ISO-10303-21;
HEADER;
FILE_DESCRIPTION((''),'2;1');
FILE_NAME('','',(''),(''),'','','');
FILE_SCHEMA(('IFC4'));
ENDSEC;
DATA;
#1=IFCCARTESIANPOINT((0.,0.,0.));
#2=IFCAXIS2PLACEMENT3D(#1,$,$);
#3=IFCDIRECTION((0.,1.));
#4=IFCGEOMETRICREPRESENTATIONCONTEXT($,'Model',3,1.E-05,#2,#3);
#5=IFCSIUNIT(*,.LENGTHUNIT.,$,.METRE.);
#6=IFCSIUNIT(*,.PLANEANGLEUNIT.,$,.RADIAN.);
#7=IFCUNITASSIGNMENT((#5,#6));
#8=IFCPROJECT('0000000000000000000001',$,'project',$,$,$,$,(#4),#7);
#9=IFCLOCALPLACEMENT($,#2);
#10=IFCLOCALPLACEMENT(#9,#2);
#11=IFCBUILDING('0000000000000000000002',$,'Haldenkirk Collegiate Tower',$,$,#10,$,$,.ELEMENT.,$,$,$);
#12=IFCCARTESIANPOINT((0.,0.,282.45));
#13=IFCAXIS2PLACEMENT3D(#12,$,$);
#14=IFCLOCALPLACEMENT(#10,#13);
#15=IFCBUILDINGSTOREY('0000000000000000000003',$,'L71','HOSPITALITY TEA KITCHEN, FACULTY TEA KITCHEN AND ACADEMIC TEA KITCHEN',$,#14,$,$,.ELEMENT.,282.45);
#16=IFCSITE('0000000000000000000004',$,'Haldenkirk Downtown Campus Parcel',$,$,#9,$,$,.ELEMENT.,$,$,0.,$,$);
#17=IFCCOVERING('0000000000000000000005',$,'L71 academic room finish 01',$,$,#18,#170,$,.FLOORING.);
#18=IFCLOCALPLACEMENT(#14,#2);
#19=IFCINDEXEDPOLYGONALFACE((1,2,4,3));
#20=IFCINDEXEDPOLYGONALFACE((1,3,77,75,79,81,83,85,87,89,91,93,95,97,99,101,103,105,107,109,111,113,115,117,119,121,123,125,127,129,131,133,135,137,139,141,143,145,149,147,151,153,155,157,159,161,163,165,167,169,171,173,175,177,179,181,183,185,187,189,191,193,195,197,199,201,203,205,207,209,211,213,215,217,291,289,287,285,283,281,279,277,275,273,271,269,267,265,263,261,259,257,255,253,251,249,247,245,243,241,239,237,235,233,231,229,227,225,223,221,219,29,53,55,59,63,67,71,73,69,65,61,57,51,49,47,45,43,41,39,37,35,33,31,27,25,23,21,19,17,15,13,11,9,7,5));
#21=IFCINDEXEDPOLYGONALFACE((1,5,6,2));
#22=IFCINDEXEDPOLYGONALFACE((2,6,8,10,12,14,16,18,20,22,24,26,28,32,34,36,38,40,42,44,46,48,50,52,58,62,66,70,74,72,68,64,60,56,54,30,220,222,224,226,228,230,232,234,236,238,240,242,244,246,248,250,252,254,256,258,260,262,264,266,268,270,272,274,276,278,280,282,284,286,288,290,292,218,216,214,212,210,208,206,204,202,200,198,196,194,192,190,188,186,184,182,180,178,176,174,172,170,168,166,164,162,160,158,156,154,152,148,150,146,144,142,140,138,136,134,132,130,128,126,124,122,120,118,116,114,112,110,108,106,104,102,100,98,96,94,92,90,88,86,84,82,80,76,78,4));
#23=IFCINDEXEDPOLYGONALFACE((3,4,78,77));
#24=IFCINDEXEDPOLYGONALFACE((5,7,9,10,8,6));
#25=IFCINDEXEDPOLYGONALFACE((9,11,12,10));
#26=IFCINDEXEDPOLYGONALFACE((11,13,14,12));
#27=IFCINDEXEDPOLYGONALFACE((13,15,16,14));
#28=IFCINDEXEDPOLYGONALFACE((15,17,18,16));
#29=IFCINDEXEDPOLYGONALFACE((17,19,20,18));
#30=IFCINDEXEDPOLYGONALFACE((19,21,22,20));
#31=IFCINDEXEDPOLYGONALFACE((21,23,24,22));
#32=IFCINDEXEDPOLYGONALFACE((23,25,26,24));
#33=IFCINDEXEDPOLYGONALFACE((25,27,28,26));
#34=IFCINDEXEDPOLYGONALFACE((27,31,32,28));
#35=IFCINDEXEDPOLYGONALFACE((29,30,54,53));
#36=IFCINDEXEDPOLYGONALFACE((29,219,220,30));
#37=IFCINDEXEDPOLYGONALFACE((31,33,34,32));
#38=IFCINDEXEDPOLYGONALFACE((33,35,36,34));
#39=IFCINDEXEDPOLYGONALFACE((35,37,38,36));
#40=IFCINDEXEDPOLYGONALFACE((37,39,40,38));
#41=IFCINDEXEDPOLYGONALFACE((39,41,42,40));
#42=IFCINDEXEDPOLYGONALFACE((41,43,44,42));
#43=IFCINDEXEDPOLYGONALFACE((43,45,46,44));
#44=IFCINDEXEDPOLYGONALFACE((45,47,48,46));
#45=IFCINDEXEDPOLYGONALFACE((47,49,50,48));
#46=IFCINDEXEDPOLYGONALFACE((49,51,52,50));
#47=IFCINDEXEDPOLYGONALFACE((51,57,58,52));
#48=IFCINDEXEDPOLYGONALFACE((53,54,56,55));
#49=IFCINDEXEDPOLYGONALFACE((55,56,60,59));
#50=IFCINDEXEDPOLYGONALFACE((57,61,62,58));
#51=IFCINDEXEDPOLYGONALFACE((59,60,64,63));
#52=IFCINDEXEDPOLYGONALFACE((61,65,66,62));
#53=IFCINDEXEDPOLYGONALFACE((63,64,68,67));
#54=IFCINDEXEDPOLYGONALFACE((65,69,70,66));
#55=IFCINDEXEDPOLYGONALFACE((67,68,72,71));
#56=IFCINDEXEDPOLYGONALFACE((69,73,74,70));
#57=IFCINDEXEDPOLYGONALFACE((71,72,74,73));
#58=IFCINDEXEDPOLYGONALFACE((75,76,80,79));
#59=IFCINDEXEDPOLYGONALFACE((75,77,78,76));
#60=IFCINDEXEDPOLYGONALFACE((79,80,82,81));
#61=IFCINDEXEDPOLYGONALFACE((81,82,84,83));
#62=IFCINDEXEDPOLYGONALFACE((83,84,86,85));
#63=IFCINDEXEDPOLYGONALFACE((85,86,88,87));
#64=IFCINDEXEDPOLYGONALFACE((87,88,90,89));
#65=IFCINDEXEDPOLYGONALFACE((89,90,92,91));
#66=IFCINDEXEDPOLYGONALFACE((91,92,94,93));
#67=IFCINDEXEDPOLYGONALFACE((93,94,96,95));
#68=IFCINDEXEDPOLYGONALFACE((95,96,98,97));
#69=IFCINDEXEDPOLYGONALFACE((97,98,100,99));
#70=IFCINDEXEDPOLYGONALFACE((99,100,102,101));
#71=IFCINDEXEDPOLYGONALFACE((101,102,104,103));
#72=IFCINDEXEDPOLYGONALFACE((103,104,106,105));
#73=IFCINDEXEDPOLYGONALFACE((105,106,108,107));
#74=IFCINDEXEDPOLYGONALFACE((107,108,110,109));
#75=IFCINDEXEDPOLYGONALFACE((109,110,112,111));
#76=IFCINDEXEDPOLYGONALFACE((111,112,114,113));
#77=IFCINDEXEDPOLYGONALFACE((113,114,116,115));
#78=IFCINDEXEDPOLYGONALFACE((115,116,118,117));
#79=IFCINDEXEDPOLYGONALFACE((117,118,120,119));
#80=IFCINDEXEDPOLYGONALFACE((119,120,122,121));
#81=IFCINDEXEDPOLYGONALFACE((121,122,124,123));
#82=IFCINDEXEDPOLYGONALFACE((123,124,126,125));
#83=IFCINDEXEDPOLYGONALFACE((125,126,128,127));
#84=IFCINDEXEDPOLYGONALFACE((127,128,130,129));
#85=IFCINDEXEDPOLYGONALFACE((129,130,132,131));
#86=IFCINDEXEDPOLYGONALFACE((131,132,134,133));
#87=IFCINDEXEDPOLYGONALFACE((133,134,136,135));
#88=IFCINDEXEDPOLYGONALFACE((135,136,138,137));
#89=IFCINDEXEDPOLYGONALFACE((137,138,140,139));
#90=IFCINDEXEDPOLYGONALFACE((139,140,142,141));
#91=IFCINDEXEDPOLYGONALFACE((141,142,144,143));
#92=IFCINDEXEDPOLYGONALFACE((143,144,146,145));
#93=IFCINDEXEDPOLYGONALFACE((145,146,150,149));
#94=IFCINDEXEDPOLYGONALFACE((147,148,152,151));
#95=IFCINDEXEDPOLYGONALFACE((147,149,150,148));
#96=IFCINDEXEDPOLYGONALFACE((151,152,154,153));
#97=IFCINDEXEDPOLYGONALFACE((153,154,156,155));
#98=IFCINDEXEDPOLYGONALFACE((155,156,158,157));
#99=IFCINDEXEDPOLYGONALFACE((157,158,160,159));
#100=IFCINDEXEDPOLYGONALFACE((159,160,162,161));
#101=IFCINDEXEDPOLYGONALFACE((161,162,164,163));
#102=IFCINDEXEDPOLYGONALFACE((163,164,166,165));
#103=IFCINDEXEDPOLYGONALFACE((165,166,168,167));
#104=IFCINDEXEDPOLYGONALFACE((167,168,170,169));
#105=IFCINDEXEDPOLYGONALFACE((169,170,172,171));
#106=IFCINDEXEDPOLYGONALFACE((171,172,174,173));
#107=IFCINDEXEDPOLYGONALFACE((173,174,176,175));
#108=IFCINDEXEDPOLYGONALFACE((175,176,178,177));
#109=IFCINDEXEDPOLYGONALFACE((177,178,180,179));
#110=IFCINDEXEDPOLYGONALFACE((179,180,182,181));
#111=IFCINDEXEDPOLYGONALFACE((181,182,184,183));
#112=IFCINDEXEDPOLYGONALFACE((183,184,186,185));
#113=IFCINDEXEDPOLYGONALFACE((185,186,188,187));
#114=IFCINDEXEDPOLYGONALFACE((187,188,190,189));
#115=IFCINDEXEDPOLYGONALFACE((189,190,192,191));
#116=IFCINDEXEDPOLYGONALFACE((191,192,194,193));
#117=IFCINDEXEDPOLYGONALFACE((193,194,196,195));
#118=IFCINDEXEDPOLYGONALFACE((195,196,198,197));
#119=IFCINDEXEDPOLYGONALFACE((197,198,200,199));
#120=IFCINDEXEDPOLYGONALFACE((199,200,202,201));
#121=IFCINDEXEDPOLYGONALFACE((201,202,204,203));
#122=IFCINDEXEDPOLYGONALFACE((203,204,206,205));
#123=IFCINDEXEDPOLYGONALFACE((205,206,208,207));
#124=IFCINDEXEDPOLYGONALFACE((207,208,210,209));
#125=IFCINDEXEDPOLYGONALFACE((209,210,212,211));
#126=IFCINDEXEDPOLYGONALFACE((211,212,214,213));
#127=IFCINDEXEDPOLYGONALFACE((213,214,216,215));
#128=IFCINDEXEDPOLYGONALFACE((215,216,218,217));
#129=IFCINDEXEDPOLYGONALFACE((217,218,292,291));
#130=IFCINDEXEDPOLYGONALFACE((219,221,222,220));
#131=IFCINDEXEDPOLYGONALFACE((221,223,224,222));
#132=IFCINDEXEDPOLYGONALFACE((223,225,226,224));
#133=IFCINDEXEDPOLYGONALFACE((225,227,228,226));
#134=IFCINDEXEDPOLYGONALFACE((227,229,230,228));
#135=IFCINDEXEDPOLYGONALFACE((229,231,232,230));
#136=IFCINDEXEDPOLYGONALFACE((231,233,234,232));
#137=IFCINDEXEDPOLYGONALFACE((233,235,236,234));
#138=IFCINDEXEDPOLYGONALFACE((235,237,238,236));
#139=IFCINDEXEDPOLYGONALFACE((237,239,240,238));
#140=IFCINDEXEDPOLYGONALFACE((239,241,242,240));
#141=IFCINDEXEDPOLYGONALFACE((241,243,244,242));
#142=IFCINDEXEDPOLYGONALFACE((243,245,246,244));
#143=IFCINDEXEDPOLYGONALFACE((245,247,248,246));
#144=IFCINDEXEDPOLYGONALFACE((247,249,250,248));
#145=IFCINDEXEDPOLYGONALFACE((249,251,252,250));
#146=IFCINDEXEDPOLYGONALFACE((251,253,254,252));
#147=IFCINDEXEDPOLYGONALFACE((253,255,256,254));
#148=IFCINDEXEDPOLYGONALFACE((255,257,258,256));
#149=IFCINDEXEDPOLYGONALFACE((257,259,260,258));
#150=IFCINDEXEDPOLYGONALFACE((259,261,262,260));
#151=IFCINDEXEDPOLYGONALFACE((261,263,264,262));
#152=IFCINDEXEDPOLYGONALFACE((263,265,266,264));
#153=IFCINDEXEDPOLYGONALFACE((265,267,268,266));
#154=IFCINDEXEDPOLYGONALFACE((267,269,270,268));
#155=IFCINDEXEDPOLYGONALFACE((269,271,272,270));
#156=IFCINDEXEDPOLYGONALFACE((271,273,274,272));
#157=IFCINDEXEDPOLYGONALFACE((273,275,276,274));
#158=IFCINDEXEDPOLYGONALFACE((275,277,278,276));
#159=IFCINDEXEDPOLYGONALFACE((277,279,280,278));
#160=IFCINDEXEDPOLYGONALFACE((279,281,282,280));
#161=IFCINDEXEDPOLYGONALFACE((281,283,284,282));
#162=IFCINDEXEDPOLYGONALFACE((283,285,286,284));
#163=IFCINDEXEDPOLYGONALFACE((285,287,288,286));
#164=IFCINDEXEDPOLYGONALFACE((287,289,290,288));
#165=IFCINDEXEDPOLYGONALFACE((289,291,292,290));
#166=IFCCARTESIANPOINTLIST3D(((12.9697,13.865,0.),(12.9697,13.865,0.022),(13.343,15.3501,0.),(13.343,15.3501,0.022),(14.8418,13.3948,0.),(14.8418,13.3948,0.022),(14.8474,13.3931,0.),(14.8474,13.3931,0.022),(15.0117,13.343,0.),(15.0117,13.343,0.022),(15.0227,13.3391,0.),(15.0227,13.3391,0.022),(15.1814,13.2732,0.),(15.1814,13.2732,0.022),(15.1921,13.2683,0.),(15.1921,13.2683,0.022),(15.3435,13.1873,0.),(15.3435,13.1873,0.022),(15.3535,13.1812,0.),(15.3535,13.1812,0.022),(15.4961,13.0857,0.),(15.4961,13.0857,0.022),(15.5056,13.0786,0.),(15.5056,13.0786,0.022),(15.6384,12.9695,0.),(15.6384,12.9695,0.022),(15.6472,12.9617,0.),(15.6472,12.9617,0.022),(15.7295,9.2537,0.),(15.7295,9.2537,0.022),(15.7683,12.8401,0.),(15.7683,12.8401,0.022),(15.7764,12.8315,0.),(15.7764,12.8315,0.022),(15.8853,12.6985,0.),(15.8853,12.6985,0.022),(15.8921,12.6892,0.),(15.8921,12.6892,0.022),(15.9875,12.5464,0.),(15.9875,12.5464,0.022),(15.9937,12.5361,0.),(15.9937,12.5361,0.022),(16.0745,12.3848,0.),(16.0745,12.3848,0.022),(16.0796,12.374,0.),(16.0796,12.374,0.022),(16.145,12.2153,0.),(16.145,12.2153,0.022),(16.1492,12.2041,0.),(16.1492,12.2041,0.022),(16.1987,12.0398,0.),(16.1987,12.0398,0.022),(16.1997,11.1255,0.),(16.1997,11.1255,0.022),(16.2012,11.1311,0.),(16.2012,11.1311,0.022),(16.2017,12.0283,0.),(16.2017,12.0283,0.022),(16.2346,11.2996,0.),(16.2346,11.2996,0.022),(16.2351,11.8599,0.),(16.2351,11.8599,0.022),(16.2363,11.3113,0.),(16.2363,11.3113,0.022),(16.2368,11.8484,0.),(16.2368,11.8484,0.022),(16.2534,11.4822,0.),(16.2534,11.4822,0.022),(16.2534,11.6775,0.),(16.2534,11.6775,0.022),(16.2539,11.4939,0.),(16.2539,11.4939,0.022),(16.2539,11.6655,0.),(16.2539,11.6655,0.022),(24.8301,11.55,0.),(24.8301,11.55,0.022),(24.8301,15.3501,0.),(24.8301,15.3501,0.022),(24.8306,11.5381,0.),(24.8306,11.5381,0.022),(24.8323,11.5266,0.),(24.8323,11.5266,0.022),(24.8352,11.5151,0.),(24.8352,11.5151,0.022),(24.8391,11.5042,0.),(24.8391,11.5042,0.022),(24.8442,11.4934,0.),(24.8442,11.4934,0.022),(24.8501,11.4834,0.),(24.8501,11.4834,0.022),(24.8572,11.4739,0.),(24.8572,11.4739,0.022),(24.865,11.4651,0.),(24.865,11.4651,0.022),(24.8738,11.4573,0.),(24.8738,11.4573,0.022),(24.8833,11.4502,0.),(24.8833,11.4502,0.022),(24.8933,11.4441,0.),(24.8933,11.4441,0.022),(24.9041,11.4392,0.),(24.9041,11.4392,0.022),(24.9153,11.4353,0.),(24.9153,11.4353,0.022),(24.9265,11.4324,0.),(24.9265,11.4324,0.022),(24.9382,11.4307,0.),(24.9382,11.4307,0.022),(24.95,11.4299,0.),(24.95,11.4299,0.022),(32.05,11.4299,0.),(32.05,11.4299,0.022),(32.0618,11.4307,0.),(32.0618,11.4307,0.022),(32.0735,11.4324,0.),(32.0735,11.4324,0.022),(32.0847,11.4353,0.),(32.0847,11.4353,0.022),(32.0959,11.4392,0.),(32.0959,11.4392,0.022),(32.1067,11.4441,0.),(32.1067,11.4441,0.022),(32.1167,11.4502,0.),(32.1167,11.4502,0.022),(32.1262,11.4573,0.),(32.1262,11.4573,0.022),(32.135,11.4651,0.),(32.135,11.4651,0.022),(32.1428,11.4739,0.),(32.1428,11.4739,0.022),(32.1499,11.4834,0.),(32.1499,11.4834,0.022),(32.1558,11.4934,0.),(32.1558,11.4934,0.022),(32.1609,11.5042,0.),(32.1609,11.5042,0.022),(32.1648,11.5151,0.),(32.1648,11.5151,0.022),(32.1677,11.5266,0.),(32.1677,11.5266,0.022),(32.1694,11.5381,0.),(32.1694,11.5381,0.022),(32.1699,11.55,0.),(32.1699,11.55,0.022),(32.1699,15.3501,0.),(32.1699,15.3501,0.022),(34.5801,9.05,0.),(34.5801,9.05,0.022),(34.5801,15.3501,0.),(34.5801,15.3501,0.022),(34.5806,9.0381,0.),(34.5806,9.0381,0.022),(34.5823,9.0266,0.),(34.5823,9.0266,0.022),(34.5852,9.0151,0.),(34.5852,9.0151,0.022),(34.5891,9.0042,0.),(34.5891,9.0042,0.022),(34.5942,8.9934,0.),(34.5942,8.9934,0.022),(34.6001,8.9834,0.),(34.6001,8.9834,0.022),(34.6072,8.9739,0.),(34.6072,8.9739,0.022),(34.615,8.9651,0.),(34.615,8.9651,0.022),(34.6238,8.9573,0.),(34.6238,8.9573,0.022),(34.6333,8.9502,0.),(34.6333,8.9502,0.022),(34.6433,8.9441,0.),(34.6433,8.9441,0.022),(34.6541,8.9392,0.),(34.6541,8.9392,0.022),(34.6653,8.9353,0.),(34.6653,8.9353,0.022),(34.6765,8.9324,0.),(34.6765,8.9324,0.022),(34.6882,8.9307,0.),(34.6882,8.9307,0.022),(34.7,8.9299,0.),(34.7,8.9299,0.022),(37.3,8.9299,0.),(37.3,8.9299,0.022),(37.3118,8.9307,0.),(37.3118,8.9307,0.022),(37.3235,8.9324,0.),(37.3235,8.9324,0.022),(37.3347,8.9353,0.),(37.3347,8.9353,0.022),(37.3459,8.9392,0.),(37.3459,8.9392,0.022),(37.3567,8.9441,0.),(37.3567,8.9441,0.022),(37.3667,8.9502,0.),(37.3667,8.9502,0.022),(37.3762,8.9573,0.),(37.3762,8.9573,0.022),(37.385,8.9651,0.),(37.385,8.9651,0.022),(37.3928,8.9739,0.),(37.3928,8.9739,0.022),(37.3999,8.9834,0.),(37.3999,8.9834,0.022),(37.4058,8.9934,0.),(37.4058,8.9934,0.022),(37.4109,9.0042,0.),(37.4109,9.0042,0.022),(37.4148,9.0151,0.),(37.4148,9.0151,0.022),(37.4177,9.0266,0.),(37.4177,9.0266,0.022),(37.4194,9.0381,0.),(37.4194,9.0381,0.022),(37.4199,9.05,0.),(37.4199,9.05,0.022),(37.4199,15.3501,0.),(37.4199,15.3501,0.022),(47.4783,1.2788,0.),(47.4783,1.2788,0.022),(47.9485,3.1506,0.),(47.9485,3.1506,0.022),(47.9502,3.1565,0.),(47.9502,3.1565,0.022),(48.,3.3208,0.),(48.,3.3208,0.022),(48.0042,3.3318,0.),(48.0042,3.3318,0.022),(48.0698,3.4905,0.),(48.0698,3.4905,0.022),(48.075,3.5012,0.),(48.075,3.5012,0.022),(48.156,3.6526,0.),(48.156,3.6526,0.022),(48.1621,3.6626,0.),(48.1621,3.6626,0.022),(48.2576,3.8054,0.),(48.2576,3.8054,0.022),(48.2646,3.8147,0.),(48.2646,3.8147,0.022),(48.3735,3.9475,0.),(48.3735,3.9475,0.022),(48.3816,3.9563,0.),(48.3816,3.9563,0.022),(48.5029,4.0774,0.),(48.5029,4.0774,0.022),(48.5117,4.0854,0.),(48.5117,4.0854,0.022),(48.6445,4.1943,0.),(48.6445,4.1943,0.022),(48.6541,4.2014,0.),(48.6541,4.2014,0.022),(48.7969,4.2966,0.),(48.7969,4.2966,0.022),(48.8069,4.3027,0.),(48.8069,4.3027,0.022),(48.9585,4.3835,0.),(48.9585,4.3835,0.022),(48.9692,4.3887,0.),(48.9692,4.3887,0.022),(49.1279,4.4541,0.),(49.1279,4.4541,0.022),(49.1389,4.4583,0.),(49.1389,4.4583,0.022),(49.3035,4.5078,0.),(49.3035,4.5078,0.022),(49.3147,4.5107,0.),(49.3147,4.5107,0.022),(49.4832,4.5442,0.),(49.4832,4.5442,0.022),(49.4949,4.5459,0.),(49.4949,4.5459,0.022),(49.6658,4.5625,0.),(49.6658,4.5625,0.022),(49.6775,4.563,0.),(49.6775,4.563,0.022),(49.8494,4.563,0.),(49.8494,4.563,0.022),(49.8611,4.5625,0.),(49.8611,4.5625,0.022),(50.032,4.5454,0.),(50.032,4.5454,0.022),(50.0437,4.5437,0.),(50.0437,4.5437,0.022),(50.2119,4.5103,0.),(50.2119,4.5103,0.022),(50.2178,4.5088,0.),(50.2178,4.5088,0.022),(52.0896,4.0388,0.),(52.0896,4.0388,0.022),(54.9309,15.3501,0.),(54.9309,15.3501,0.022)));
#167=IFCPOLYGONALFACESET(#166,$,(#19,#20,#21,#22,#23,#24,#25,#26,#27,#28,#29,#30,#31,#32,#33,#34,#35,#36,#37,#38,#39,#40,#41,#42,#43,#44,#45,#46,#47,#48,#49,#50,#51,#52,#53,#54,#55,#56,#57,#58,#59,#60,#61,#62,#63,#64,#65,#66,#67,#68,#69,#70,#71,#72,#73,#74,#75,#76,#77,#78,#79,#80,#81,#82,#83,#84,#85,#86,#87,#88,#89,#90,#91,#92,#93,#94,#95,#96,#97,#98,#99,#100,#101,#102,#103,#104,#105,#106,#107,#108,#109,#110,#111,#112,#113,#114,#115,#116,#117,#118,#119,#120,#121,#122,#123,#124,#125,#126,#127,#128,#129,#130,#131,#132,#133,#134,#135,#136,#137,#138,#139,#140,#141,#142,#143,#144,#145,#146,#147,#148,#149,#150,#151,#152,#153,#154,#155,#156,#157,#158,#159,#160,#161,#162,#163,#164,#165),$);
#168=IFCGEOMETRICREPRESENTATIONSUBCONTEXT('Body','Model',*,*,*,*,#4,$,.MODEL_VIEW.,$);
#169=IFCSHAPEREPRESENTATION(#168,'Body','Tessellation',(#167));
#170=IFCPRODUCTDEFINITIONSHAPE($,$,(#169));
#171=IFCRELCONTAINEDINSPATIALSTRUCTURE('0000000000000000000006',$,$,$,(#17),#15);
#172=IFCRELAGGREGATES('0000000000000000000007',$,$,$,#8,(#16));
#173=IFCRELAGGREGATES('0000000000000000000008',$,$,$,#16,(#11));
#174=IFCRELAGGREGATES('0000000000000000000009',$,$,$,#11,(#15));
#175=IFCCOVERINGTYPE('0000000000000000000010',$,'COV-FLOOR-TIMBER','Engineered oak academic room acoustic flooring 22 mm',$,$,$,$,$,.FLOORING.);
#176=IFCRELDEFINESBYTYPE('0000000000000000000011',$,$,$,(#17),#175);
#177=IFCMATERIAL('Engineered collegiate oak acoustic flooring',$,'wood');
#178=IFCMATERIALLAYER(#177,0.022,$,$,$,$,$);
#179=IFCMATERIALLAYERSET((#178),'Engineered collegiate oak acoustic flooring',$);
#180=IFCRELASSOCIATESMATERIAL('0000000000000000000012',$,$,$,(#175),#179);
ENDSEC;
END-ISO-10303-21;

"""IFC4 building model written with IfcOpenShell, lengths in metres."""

from ifc_helpers import new_model, si_unit, direction, frame, origin, place, context, subcontext, project, spatial, polyline, outline, extrude, material, layer, layer_set, type_object, element, save


model = new_model("IFC4")

# Units and contexts
model_context = context("Model", 3, precision=1e-05, world=origin(), true_north=direction((0.0, 1.0)))
body_context = subcontext(model_context, "Body", "Model", "MODEL_VIEW")
ifc_project = project(units=[si_unit("LENGTHUNIT", "METRE"), si_unit("PLANEANGLEUNIT", "RADIAN")], contexts=[model_context])

# Site, building, storey
site_placement = place(None, origin())
site = spatial("IfcSite", under=ifc_project, at=site_placement, Name="Haldenkirk Downtown Campus Parcel", CompositionType="ELEMENT", RefElevation=0.0)
building_placement = place(site_placement, origin())
building = spatial("IfcBuilding", under=site, at=building_placement, Name="Haldenkirk Collegiate Tower", CompositionType="ELEMENT")
storey_placement = place(building_placement, frame((0.0, 0.0, 282.45)))
storey = spatial("IfcBuildingStorey", under=building, at=storey_placement, Name="L71", Description="HOSPITALITY TEA KITCHEN, FACULTY TEA KITCHEN AND ACADEMIC TEA KITCHEN", CompositionType="ELEMENT", Elevation=282.45)

# Covering
ifc_material_1 = material(Name="Engineered collegiate oak acoustic flooring", Category="wood")
ifc_layer_1 = layer(ifc_material_1, 0.022)
ifc_layer_set_1 = layer_set([ifc_layer_1], Name="Engineered collegiate oak acoustic flooring")
covering_type_1 = type_object("IfcCoveringType", Name="COV-FLOOR-TIMBER", Description="Engineered oak academic room acoustic flooring 22 mm", PredefinedType="FLOORING", material=ifc_layer_set_1)
covering_1_placement = place(storey_placement, origin())
element("IfcCovering", 1, at=covering_1_placement, inside=storey, type_object=covering_type_1, Name="L71 academic room finish 01", PredefinedType="FLOORING", context=body_context, shape_type="SweptSolid", body=[
    extrude(outline(polyline([(49.4949, 4.5459), (49.4832, 4.5442), (49.3147, 4.5107), (49.3035, 4.5078), (49.1389, 4.4583), (49.1279, 4.4541), (48.9692, 4.3887), (48.9585, 4.3835), (48.8069, 4.3027), (48.7969, 4.2966), (48.6541, 4.2014), (48.6445, 4.1943), (48.5117, 4.0854), (48.5029, 4.0774), (48.3816, 3.9563), (48.3735, 3.9475), (48.2646, 3.8147), (48.2576, 3.8054), (48.1621, 3.6626), (48.156, 3.6526), (48.075, 3.5012), (48.0698, 3.4905), (48.0042, 3.3318), (48.0, 3.3208), (47.9502, 3.1565), (47.9485, 3.1506), (47.4783, 1.2788), (15.7295, 9.2537), (16.1997, 11.1255), (16.2012, 11.1311), (16.2346, 11.2996), (16.2363, 11.3113), (16.2534, 11.4822), (16.2539, 11.4939), (16.2539, 11.6655), (16.2534, 11.6775), (16.2368, 11.8484), (16.2351, 11.8599), (16.2017, 12.0283), (16.1987, 12.0398), (16.1492, 12.2041), (16.145, 12.2153), (16.0796, 12.374), (16.0745, 12.3848), (15.9937, 12.5361), (15.9875, 12.5464), (15.8921, 12.6892), (15.8853, 12.6985), (15.7764, 12.8315), (15.7683, 12.8401), (15.6472, 12.9617), (15.6384, 12.9695), (15.5056, 13.0786), (15.4961, 13.0857), (15.3535, 13.1812), (15.3435, 13.1873), (15.1921, 13.2683), (15.1814, 13.2732), (15.0227, 13.3391), (15.0117, 13.343), (14.8474, 13.3931), (14.8418, 13.3948), (12.9697, 13.865), (13.343, 15.3501), (24.8301, 15.3501), (24.8301, 11.55), (24.8306, 11.5381), (24.8323, 11.5266), (24.8352, 11.5151), (24.8391, 11.5042), (24.8442, 11.4934), (24.8501, 11.4834), (24.8572, 11.4739), (24.865, 11.4651), (24.8738, 11.4573), (24.8833, 11.4502), (24.8933, 11.4441), (24.9041, 11.4392), (24.9153, 11.4353), (24.9265, 11.4324), (24.9382, 11.4307), (24.95, 11.4299), (32.05, 11.4299), (32.0618, 11.4307), (32.0735, 11.4324), (32.0847, 11.4353), (32.0959, 11.4392), (32.1067, 11.4441), (32.1167, 11.4502), (32.1262, 11.4573), (32.135, 11.4651), (32.1428, 11.4739), (32.1499, 11.4834), (32.1558, 11.4934), (32.1609, 11.5042), (32.1648, 11.5151), (32.1677, 11.5266), (32.1694, 11.5381), (32.1699, 11.55), (32.1699, 15.3501), (34.5801, 15.3501), (34.5801, 9.05), (34.5806, 9.0381), (34.5823, 9.0266), (34.5852, 9.0151), (34.5891, 9.0042), (34.5942, 8.9934), (34.6001, 8.9834), (34.6072, 8.9739), (34.615, 8.9651), (34.6238, 8.9573), (34.6333, 8.9502), (34.6433, 8.9441), (34.6541, 8.9392), (34.6653, 8.9353), (34.6765, 8.9324), (34.6882, 8.9307), (34.7, 8.9299), (37.3, 8.9299), (37.3118, 8.9307), (37.3235, 8.9324), (37.3347, 8.9353), (37.3459, 8.9392), (37.3567, 8.9441), (37.3667, 8.9502), (37.3762, 8.9573), (37.385, 8.9651), (37.3928, 8.9739), (37.3999, 8.9834), (37.4058, 8.9934), (37.4109, 9.0042), (37.4148, 9.0151), (37.4177, 9.0266), (37.4194, 9.0381), (37.4199, 9.05), (37.4199, 15.3501), (54.9309, 15.3501), (52.0896, 4.0388), (50.2178, 4.5088), (50.2119, 4.5103), (50.0437, 4.5437), (50.032, 4.5454), (49.8611, 4.5625), (49.8494, 4.563), (49.6775, 4.563), (49.6658, 4.5625), (49.4949, 4.5459)])), origin(), (0.0, 0.0, 1.0), 0.022),
])

save(model, "model.ifc")
